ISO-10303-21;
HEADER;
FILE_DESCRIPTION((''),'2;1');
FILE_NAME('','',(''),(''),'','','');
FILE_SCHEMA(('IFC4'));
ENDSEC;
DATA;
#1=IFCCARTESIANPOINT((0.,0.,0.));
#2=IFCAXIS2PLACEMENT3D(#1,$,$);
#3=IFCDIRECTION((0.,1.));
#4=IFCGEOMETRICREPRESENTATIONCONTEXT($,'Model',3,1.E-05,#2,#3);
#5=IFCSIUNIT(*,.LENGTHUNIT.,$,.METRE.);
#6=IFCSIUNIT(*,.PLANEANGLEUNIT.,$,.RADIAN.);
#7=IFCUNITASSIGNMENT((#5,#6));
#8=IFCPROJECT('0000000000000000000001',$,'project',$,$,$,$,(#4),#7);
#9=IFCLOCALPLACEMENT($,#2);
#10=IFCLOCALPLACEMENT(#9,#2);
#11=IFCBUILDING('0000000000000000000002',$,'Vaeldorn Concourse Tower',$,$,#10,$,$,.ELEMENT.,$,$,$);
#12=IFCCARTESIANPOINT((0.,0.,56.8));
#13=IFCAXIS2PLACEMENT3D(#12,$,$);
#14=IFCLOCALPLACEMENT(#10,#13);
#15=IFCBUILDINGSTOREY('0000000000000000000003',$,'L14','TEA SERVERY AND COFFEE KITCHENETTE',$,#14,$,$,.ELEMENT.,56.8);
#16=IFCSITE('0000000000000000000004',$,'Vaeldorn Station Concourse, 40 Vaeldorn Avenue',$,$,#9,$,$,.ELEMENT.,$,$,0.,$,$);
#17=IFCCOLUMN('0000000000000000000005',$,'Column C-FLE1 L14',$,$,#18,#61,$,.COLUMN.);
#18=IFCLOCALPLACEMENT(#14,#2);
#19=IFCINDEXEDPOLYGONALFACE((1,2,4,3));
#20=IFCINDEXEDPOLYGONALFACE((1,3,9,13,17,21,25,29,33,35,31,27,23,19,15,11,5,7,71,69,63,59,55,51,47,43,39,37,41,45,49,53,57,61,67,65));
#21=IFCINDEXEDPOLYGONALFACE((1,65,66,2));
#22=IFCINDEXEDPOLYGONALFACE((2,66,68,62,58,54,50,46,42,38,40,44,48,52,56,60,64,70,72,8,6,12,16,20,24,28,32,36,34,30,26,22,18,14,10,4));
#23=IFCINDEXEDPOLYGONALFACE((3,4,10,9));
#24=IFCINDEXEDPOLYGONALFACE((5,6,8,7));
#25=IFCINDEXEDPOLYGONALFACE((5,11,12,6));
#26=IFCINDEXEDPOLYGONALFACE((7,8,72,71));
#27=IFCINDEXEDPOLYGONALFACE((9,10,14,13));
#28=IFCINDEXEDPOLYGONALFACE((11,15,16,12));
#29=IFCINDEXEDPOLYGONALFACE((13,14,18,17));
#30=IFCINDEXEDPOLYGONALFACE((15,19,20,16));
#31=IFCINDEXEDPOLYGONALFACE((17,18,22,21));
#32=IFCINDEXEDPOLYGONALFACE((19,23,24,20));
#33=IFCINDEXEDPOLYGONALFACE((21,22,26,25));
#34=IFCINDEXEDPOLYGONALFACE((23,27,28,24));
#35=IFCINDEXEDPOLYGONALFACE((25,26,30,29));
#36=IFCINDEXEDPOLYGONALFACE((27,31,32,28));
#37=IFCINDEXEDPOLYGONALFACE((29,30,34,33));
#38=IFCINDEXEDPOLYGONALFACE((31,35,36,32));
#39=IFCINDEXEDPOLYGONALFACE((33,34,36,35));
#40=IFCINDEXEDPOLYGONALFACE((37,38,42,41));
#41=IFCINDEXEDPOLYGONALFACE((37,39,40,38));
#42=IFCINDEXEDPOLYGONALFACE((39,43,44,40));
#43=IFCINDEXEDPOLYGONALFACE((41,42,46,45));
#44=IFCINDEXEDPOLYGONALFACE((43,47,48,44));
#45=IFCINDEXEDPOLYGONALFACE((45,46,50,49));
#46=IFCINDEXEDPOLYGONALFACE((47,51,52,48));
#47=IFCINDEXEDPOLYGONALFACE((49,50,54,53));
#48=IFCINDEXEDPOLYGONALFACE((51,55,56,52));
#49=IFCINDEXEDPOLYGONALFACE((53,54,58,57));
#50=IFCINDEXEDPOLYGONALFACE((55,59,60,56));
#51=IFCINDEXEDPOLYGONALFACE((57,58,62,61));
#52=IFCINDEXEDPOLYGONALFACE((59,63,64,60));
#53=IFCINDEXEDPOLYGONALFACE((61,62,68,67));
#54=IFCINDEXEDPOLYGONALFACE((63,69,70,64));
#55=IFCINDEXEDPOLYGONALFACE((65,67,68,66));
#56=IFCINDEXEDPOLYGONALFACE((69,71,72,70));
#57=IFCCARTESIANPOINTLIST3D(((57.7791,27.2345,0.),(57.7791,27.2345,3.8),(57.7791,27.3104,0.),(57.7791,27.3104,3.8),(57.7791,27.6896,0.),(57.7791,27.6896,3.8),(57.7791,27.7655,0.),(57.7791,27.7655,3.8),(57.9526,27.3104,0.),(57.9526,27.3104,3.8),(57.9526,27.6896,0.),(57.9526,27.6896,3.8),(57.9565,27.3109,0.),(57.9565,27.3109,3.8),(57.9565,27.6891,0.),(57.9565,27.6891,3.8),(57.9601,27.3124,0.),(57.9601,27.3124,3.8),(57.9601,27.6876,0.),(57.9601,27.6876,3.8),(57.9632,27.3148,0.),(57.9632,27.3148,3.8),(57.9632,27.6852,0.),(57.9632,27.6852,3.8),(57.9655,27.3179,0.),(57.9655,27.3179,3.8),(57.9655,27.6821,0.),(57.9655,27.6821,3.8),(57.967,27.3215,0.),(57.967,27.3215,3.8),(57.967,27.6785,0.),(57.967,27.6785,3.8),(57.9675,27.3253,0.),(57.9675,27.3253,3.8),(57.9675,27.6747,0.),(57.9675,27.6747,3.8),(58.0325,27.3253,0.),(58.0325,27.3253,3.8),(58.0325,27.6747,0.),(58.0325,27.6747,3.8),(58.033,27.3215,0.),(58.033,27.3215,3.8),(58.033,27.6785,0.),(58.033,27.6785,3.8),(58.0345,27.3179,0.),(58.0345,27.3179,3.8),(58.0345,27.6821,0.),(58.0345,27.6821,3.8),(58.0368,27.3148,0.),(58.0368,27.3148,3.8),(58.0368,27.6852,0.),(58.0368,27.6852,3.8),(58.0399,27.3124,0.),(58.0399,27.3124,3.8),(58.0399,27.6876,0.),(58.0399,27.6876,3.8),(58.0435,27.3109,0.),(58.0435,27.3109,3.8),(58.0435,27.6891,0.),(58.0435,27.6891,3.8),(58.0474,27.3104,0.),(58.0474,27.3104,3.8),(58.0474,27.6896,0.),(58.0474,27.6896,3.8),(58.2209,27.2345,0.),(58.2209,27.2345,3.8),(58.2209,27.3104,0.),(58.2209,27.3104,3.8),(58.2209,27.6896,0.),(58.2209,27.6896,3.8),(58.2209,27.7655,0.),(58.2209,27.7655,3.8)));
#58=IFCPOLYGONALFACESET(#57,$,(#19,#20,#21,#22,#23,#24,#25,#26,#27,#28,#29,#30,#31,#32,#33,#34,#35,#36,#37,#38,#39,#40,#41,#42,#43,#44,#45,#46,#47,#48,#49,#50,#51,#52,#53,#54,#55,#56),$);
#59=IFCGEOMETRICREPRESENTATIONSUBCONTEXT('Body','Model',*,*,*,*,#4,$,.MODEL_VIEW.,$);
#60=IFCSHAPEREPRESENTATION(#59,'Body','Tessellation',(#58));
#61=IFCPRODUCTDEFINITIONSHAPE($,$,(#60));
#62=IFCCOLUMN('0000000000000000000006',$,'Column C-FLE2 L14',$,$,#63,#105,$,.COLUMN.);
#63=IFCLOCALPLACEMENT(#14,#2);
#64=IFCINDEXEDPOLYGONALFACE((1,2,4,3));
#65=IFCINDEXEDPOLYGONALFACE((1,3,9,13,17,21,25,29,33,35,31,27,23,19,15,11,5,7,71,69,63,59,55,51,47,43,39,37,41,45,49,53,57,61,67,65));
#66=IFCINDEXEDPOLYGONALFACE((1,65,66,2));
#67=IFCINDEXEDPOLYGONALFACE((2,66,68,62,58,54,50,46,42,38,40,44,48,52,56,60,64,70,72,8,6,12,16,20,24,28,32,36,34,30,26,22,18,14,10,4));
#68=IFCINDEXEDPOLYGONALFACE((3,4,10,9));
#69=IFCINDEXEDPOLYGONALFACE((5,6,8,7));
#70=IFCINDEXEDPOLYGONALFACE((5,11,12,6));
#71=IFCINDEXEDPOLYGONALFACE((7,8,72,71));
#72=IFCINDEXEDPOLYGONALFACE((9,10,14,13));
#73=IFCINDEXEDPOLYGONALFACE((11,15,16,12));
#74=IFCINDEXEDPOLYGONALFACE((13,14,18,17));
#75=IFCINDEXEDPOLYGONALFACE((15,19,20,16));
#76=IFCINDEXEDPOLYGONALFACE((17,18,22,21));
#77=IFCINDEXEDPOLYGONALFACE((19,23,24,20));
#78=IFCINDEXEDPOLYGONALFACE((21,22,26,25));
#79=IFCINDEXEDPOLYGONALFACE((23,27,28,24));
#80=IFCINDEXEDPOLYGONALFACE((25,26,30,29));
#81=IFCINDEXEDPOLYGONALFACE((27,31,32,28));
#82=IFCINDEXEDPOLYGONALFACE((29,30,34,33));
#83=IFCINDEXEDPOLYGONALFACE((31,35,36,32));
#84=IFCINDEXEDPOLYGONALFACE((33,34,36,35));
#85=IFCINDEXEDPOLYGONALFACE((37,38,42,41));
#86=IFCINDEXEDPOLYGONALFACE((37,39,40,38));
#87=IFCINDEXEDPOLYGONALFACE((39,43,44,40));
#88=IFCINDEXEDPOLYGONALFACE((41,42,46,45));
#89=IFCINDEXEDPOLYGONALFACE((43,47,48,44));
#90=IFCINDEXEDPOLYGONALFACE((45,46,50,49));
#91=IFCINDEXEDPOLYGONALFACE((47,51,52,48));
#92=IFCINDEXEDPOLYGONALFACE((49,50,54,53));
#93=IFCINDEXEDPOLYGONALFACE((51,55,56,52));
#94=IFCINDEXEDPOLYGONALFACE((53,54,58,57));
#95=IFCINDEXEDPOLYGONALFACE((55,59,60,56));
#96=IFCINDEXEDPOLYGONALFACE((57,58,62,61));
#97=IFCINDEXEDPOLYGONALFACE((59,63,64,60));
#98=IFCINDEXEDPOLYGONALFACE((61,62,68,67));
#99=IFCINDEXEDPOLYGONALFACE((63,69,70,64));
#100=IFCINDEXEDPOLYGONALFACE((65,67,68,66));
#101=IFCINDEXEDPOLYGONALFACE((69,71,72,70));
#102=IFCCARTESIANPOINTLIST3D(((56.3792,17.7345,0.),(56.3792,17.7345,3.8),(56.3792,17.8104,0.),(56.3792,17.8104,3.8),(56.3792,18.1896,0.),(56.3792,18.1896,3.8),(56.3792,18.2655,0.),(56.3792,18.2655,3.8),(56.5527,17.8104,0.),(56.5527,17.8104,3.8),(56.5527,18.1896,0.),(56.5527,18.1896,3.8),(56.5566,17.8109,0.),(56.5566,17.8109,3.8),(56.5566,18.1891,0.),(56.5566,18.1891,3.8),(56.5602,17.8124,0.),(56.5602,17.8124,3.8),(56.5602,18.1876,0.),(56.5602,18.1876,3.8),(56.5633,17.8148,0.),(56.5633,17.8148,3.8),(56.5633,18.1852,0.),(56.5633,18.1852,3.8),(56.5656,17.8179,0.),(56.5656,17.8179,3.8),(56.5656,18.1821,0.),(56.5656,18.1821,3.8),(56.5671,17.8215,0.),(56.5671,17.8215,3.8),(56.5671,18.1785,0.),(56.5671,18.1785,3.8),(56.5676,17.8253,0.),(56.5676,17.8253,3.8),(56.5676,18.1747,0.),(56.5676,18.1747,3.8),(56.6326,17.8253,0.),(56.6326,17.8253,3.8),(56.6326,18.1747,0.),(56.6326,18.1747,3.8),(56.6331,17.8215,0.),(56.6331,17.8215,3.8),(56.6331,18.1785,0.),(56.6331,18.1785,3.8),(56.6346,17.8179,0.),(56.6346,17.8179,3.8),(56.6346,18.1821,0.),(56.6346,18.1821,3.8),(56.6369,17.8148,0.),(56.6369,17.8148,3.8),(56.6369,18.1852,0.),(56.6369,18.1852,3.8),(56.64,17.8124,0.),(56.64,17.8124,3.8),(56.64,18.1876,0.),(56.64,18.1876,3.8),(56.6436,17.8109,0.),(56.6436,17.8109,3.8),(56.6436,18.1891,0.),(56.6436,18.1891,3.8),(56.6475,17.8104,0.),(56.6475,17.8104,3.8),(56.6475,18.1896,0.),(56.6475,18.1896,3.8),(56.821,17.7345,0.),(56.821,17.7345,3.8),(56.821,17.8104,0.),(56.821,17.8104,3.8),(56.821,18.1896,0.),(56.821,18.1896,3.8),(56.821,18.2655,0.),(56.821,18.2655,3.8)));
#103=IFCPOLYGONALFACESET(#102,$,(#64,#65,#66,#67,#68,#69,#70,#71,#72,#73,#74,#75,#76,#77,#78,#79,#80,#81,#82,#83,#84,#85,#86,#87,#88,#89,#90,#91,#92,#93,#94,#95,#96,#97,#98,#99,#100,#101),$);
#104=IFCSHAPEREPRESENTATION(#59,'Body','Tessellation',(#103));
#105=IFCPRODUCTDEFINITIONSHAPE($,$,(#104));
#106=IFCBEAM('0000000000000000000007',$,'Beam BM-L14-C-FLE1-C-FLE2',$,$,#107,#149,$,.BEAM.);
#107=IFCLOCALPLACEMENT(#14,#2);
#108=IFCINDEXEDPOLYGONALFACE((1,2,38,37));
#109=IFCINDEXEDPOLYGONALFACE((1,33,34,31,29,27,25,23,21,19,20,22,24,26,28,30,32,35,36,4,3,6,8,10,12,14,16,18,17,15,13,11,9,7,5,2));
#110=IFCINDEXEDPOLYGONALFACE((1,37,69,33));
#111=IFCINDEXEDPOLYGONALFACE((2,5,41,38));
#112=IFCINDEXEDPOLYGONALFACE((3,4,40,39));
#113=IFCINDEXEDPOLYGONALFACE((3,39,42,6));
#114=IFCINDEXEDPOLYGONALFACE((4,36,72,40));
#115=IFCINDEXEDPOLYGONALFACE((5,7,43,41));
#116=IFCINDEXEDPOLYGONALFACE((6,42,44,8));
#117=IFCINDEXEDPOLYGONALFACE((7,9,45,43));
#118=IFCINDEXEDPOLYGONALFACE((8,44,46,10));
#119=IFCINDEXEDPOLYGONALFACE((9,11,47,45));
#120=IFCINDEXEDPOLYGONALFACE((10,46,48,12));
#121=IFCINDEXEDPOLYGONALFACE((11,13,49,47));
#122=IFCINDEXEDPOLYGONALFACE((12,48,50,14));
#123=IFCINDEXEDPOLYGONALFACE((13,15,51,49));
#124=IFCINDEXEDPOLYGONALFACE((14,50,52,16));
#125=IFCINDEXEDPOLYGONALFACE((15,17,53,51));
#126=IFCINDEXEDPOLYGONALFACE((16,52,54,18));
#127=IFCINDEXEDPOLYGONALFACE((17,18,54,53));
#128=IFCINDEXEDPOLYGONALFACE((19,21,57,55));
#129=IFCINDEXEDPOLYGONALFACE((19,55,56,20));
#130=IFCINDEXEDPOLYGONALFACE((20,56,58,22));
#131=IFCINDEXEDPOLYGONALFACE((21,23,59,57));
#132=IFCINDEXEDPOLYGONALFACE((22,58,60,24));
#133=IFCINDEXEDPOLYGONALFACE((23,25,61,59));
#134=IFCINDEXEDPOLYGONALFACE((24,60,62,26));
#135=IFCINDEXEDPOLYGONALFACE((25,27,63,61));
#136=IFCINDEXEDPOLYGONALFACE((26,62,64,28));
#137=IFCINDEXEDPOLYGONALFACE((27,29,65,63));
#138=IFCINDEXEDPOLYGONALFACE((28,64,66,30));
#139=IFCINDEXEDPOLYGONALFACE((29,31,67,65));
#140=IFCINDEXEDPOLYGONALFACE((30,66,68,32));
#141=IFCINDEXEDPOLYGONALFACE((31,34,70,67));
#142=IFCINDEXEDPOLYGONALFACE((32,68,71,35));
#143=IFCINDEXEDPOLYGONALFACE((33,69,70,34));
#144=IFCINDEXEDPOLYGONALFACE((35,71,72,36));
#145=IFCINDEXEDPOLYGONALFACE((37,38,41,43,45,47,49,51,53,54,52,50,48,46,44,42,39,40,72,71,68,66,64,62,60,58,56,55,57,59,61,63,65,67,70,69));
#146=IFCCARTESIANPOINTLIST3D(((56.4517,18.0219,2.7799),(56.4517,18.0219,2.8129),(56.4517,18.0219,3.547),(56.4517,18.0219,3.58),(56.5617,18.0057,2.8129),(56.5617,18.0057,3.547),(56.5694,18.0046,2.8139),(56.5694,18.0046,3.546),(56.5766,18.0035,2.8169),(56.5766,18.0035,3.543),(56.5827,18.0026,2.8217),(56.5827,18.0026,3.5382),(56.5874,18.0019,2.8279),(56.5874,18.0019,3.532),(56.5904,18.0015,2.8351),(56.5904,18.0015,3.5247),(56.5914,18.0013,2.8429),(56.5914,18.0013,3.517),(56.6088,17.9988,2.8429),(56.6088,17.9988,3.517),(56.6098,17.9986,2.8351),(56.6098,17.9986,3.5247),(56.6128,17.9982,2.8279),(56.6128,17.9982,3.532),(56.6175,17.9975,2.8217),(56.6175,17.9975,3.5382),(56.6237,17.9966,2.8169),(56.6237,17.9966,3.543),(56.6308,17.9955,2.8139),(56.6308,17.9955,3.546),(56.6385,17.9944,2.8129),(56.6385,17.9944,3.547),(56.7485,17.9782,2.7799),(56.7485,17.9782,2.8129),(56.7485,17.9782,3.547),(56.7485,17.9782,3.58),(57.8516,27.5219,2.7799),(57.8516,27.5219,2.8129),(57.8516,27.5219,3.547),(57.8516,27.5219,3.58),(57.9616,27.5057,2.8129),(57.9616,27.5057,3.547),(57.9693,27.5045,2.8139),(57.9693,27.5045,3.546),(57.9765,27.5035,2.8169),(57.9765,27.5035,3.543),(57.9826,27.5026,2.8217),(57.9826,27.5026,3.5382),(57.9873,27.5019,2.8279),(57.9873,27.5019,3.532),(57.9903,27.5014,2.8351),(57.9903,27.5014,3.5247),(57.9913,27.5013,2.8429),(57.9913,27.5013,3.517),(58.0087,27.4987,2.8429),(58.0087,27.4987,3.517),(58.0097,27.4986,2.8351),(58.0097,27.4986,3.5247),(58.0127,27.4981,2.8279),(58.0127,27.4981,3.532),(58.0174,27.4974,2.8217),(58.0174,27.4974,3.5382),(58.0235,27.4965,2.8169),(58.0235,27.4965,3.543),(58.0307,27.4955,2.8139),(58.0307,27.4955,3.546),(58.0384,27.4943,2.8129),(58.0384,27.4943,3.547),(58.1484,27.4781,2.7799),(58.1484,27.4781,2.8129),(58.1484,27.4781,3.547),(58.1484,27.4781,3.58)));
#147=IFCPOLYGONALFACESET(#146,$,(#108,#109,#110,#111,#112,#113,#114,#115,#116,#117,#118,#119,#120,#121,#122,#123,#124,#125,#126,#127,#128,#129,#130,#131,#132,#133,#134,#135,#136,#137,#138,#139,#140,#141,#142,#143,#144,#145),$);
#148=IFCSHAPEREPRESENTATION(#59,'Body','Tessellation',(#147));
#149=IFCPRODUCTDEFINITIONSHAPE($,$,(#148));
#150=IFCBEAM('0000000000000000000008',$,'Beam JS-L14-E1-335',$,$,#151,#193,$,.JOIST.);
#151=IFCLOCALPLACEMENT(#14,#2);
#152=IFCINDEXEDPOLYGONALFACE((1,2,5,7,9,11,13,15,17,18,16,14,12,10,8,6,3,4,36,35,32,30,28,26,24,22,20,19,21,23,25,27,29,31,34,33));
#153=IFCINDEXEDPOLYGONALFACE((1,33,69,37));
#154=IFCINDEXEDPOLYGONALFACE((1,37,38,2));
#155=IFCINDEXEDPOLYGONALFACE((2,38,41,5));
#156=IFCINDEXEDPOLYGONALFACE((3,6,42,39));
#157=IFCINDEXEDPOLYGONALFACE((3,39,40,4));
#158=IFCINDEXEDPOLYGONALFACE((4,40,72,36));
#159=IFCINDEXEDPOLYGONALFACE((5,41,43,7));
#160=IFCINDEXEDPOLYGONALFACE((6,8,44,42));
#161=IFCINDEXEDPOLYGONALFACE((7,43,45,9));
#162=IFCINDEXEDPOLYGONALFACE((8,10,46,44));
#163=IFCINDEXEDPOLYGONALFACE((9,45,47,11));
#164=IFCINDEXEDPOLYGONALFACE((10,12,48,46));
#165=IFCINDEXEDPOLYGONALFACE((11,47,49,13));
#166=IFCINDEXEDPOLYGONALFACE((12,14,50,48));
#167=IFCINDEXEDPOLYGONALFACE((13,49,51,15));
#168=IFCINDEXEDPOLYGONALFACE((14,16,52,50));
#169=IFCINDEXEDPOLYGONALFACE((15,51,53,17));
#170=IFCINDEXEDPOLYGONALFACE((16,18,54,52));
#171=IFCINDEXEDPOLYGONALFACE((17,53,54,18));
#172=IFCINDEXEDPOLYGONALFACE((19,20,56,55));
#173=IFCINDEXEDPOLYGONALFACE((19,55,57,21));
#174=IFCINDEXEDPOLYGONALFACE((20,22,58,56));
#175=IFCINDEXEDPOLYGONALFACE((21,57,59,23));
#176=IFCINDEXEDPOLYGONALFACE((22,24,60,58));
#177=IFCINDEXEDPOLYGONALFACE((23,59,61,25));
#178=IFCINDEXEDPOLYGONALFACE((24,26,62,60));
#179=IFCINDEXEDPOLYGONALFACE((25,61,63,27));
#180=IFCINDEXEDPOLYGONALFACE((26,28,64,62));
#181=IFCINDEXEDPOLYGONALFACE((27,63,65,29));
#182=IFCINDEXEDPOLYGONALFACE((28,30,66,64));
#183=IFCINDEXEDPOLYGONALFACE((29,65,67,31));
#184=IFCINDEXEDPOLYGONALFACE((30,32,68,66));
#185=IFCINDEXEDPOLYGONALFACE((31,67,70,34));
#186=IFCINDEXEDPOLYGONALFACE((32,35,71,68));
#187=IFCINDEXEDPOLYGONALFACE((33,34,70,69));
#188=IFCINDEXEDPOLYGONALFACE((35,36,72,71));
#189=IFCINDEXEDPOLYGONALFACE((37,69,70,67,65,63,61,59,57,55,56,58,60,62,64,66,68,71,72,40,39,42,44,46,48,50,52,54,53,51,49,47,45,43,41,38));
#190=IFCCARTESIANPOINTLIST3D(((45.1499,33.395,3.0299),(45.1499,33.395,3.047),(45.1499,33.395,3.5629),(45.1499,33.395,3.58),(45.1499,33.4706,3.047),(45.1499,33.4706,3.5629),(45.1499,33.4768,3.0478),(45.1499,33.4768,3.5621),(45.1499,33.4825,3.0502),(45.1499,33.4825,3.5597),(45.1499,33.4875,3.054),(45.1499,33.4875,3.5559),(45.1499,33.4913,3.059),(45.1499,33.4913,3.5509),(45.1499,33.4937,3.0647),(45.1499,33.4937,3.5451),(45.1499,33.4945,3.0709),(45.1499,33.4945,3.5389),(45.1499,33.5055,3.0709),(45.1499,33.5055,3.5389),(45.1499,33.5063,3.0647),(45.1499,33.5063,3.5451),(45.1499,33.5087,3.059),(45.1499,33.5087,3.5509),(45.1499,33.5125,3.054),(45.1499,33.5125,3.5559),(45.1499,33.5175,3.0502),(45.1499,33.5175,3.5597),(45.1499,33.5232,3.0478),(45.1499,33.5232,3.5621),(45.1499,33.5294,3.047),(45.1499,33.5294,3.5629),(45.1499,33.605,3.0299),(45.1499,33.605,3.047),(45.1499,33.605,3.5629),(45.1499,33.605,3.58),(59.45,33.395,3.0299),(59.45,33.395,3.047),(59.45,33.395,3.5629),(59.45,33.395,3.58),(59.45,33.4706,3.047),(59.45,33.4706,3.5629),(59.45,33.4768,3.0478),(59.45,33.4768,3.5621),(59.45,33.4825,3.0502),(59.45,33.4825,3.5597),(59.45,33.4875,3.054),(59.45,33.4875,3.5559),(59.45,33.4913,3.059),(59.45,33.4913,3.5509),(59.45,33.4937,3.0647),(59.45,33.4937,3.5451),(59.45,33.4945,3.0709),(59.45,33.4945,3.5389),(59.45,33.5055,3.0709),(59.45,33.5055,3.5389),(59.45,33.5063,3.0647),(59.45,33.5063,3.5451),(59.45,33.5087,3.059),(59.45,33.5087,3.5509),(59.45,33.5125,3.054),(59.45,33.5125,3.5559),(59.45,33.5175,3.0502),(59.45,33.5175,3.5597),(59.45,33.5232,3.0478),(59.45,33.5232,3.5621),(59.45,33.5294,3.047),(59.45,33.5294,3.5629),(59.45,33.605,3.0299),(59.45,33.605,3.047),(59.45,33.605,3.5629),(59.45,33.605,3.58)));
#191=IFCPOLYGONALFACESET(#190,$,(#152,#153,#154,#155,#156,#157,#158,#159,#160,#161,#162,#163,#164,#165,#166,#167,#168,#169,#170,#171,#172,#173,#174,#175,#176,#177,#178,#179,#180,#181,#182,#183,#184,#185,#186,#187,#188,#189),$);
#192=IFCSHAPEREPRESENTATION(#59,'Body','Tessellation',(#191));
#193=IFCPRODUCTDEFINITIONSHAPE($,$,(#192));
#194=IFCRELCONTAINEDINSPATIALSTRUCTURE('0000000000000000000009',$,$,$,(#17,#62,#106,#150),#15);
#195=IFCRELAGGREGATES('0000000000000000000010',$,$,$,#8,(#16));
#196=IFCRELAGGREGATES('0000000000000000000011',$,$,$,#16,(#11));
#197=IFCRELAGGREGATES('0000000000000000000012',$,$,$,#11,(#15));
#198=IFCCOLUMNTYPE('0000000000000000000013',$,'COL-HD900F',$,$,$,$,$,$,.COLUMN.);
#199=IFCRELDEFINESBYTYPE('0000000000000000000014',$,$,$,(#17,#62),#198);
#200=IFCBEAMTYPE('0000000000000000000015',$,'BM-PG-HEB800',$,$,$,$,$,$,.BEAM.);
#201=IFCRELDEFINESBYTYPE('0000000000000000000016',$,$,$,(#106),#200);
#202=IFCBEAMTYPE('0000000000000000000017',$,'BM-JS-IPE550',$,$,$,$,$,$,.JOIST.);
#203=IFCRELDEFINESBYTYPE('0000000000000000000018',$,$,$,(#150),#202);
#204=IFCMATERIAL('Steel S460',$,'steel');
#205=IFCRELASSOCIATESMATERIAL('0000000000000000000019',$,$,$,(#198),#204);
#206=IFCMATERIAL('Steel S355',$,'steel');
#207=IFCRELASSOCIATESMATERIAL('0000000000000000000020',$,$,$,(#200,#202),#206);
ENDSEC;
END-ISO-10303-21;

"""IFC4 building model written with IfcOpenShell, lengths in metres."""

from ifc_helpers import new_model, si_unit, direction, frame, origin, origin_2d, place, context, subcontext, project, spatial, i_section, extrude, source, transform, mapped, material, material_profile, profile_set, type_object, element, save


model = new_model("IFC4")

# Units and contexts
model_context = context("Model", 3, precision=1e-05, world=origin(), true_north=direction((0.0, 1.0)))
body_context = subcontext(model_context, "Body", "Model", "MODEL_VIEW")
ifc_project = project(units=[si_unit("LENGTHUNIT", "METRE"), si_unit("PLANEANGLEUNIT", "RADIAN")], contexts=[model_context])

# Site, building, storey
site_placement = place(None, origin())
site = spatial("IfcSite", under=ifc_project, at=site_placement, Name="Vaeldorn Station Concourse, 40 Vaeldorn Avenue", CompositionType="ELEMENT", RefElevation=0.0)
building_placement = place(site_placement, origin())
building = spatial("IfcBuilding", under=site, at=building_placement, Name="Vaeldorn Concourse Tower", CompositionType="ELEMENT")
storey_placement = place(building_placement, frame((0.0, 0.0, 56.8)))
storey = spatial("IfcBuildingStorey", under=building, at=storey_placement, Name="L14", Description="TEA SERVERY AND COFFEE KITCHENETTE", CompositionType="ELEMENT", Elevation=56.8)

# Columns
ifc_material_1 = material(Name="Steel S460", Category="steel")
ifc_material_profile_1 = material_profile(ifc_material_1, i_section(OverallWidth=0.4419, OverallDepth=0.531, WebThickness=0.0649, FlangeThickness=0.0759, FilletRadius=0.0149, at=origin_2d()), Name="HD 400x900")
ifc_profile_set_1 = profile_set([ifc_material_profile_1], Name="Steel S460")
column_type = type_object("IfcColumnType", Name="COL-HD900F", PredefinedType="COLUMN", material=ifc_profile_set_1)
shared_shape_1 = source(origin(), body_context, "Body", "SweptSolid", [
    extrude(i_section(OverallWidth=0.4419, OverallDepth=0.531, WebThickness=0.0649, FlangeThickness=0.0759, FilletRadius=0.0149, at=origin_2d()), origin(), (0.0, 0.0, 1.0), 3.8),
])
for number, where, z_axis, x_axis, name in (
    (1, (58.0, 27.5, 0.0), (0.0, 0.0, 1.0), (1.0, 0.0, 0.0), "Column C-FLE1 L14"),
    (2, (56.6001, 18.0, 0.0), (0.0, 0.0, 1.0), (1.0, 0.0, 0.0), "Column C-FLE2 L14"),
):
    element("IfcColumn", number, at=place(storey_placement, frame(where, z_axis=z_axis, x_axis=x_axis)), inside=storey, type_object=column_type, Name=name, PredefinedType="COLUMN", context=body_context, shape_type="MappedRepresentation", body=[
        mapped(shared_shape_1, transform((0.0, 0.0, 0.0), scale=1.0)),
    ])

# Beams
ifc_material_2 = material(Name="Steel S355", Category="steel")
ifc_material_profile_2 = material_profile(ifc_material_2, i_section(OverallWidth=0.3, OverallDepth=0.8, WebThickness=0.0176, FlangeThickness=0.033, FilletRadius=0.03, at=origin_2d()), Name="HEB 800")
ifc_profile_set_2 = profile_set([ifc_material_profile_2], Name="Steel S355")
beam_type_1 = type_object("IfcBeamType", Name="BM-PG-HEB800", PredefinedType="BEAM", material=ifc_profile_set_2)
shared_shape_2 = source(origin(), body_context, "Body", "SweptSolid", [
    extrude(i_section(OverallWidth=0.3, OverallDepth=0.8, WebThickness=0.0176, FlangeThickness=0.033, FilletRadius=0.03, at=origin_2d()), origin(), (0.0, 0.0, 1.0), 9.6025),
])
beam_1_placement = place(storey_placement, frame((58.0, 27.5, 3.1799), z_axis=(-0.145784, -0.989316, 0.0), x_axis=(0.989316, -0.145784, 0.0)))
element("IfcBeam", 3, at=beam_1_placement, inside=storey, type_object=beam_type_1, Name="Beam BM-L14-C-FLE1-C-FLE2", PredefinedType="BEAM", context=body_context, shape_type="MappedRepresentation", body=[
    mapped(shared_shape_2, transform((0.0, 0.0, 0.0), scale=1.0)),
])
ifc_material_profile_3 = material_profile(ifc_material_2, i_section(OverallWidth=0.21, OverallDepth=0.55, WebThickness=0.011, FlangeThickness=0.0171, FilletRadius=0.0239, at=origin_2d()), Name="IPE 550")
ifc_profile_set_3 = profile_set([ifc_material_profile_3], Name="Steel S355")
beam_type_2 = type_object("IfcBeamType", Name="BM-JS-IPE550", PredefinedType="JOIST", material=ifc_profile_set_3)
shared_shape_3 = source(origin(), body_context, "Body", "SweptSolid", [
    extrude(i_section(OverallWidth=0.21, OverallDepth=0.55, WebThickness=0.011, FlangeThickness=0.0171, FilletRadius=0.0239, at=origin_2d()), origin(), (0.0, 0.0, 1.0), 14.3),
])
beam_2_placement = place(storey_placement, frame((45.1499, 33.5, 3.3049), z_axis=(1.0, 0.0, 0.0), x_axis=(0.0, 1.0, 0.0)))
element("IfcBeam", 4, at=beam_2_placement, inside=storey, type_object=beam_type_2, Name="Beam JS-L14-E1-335", PredefinedType="JOIST", context=body_context, shape_type="MappedRepresentation", body=[
    mapped(shared_shape_3, transform((0.0, 0.0, 0.0), scale=1.0)),
])

save(model, "model.ifc")
